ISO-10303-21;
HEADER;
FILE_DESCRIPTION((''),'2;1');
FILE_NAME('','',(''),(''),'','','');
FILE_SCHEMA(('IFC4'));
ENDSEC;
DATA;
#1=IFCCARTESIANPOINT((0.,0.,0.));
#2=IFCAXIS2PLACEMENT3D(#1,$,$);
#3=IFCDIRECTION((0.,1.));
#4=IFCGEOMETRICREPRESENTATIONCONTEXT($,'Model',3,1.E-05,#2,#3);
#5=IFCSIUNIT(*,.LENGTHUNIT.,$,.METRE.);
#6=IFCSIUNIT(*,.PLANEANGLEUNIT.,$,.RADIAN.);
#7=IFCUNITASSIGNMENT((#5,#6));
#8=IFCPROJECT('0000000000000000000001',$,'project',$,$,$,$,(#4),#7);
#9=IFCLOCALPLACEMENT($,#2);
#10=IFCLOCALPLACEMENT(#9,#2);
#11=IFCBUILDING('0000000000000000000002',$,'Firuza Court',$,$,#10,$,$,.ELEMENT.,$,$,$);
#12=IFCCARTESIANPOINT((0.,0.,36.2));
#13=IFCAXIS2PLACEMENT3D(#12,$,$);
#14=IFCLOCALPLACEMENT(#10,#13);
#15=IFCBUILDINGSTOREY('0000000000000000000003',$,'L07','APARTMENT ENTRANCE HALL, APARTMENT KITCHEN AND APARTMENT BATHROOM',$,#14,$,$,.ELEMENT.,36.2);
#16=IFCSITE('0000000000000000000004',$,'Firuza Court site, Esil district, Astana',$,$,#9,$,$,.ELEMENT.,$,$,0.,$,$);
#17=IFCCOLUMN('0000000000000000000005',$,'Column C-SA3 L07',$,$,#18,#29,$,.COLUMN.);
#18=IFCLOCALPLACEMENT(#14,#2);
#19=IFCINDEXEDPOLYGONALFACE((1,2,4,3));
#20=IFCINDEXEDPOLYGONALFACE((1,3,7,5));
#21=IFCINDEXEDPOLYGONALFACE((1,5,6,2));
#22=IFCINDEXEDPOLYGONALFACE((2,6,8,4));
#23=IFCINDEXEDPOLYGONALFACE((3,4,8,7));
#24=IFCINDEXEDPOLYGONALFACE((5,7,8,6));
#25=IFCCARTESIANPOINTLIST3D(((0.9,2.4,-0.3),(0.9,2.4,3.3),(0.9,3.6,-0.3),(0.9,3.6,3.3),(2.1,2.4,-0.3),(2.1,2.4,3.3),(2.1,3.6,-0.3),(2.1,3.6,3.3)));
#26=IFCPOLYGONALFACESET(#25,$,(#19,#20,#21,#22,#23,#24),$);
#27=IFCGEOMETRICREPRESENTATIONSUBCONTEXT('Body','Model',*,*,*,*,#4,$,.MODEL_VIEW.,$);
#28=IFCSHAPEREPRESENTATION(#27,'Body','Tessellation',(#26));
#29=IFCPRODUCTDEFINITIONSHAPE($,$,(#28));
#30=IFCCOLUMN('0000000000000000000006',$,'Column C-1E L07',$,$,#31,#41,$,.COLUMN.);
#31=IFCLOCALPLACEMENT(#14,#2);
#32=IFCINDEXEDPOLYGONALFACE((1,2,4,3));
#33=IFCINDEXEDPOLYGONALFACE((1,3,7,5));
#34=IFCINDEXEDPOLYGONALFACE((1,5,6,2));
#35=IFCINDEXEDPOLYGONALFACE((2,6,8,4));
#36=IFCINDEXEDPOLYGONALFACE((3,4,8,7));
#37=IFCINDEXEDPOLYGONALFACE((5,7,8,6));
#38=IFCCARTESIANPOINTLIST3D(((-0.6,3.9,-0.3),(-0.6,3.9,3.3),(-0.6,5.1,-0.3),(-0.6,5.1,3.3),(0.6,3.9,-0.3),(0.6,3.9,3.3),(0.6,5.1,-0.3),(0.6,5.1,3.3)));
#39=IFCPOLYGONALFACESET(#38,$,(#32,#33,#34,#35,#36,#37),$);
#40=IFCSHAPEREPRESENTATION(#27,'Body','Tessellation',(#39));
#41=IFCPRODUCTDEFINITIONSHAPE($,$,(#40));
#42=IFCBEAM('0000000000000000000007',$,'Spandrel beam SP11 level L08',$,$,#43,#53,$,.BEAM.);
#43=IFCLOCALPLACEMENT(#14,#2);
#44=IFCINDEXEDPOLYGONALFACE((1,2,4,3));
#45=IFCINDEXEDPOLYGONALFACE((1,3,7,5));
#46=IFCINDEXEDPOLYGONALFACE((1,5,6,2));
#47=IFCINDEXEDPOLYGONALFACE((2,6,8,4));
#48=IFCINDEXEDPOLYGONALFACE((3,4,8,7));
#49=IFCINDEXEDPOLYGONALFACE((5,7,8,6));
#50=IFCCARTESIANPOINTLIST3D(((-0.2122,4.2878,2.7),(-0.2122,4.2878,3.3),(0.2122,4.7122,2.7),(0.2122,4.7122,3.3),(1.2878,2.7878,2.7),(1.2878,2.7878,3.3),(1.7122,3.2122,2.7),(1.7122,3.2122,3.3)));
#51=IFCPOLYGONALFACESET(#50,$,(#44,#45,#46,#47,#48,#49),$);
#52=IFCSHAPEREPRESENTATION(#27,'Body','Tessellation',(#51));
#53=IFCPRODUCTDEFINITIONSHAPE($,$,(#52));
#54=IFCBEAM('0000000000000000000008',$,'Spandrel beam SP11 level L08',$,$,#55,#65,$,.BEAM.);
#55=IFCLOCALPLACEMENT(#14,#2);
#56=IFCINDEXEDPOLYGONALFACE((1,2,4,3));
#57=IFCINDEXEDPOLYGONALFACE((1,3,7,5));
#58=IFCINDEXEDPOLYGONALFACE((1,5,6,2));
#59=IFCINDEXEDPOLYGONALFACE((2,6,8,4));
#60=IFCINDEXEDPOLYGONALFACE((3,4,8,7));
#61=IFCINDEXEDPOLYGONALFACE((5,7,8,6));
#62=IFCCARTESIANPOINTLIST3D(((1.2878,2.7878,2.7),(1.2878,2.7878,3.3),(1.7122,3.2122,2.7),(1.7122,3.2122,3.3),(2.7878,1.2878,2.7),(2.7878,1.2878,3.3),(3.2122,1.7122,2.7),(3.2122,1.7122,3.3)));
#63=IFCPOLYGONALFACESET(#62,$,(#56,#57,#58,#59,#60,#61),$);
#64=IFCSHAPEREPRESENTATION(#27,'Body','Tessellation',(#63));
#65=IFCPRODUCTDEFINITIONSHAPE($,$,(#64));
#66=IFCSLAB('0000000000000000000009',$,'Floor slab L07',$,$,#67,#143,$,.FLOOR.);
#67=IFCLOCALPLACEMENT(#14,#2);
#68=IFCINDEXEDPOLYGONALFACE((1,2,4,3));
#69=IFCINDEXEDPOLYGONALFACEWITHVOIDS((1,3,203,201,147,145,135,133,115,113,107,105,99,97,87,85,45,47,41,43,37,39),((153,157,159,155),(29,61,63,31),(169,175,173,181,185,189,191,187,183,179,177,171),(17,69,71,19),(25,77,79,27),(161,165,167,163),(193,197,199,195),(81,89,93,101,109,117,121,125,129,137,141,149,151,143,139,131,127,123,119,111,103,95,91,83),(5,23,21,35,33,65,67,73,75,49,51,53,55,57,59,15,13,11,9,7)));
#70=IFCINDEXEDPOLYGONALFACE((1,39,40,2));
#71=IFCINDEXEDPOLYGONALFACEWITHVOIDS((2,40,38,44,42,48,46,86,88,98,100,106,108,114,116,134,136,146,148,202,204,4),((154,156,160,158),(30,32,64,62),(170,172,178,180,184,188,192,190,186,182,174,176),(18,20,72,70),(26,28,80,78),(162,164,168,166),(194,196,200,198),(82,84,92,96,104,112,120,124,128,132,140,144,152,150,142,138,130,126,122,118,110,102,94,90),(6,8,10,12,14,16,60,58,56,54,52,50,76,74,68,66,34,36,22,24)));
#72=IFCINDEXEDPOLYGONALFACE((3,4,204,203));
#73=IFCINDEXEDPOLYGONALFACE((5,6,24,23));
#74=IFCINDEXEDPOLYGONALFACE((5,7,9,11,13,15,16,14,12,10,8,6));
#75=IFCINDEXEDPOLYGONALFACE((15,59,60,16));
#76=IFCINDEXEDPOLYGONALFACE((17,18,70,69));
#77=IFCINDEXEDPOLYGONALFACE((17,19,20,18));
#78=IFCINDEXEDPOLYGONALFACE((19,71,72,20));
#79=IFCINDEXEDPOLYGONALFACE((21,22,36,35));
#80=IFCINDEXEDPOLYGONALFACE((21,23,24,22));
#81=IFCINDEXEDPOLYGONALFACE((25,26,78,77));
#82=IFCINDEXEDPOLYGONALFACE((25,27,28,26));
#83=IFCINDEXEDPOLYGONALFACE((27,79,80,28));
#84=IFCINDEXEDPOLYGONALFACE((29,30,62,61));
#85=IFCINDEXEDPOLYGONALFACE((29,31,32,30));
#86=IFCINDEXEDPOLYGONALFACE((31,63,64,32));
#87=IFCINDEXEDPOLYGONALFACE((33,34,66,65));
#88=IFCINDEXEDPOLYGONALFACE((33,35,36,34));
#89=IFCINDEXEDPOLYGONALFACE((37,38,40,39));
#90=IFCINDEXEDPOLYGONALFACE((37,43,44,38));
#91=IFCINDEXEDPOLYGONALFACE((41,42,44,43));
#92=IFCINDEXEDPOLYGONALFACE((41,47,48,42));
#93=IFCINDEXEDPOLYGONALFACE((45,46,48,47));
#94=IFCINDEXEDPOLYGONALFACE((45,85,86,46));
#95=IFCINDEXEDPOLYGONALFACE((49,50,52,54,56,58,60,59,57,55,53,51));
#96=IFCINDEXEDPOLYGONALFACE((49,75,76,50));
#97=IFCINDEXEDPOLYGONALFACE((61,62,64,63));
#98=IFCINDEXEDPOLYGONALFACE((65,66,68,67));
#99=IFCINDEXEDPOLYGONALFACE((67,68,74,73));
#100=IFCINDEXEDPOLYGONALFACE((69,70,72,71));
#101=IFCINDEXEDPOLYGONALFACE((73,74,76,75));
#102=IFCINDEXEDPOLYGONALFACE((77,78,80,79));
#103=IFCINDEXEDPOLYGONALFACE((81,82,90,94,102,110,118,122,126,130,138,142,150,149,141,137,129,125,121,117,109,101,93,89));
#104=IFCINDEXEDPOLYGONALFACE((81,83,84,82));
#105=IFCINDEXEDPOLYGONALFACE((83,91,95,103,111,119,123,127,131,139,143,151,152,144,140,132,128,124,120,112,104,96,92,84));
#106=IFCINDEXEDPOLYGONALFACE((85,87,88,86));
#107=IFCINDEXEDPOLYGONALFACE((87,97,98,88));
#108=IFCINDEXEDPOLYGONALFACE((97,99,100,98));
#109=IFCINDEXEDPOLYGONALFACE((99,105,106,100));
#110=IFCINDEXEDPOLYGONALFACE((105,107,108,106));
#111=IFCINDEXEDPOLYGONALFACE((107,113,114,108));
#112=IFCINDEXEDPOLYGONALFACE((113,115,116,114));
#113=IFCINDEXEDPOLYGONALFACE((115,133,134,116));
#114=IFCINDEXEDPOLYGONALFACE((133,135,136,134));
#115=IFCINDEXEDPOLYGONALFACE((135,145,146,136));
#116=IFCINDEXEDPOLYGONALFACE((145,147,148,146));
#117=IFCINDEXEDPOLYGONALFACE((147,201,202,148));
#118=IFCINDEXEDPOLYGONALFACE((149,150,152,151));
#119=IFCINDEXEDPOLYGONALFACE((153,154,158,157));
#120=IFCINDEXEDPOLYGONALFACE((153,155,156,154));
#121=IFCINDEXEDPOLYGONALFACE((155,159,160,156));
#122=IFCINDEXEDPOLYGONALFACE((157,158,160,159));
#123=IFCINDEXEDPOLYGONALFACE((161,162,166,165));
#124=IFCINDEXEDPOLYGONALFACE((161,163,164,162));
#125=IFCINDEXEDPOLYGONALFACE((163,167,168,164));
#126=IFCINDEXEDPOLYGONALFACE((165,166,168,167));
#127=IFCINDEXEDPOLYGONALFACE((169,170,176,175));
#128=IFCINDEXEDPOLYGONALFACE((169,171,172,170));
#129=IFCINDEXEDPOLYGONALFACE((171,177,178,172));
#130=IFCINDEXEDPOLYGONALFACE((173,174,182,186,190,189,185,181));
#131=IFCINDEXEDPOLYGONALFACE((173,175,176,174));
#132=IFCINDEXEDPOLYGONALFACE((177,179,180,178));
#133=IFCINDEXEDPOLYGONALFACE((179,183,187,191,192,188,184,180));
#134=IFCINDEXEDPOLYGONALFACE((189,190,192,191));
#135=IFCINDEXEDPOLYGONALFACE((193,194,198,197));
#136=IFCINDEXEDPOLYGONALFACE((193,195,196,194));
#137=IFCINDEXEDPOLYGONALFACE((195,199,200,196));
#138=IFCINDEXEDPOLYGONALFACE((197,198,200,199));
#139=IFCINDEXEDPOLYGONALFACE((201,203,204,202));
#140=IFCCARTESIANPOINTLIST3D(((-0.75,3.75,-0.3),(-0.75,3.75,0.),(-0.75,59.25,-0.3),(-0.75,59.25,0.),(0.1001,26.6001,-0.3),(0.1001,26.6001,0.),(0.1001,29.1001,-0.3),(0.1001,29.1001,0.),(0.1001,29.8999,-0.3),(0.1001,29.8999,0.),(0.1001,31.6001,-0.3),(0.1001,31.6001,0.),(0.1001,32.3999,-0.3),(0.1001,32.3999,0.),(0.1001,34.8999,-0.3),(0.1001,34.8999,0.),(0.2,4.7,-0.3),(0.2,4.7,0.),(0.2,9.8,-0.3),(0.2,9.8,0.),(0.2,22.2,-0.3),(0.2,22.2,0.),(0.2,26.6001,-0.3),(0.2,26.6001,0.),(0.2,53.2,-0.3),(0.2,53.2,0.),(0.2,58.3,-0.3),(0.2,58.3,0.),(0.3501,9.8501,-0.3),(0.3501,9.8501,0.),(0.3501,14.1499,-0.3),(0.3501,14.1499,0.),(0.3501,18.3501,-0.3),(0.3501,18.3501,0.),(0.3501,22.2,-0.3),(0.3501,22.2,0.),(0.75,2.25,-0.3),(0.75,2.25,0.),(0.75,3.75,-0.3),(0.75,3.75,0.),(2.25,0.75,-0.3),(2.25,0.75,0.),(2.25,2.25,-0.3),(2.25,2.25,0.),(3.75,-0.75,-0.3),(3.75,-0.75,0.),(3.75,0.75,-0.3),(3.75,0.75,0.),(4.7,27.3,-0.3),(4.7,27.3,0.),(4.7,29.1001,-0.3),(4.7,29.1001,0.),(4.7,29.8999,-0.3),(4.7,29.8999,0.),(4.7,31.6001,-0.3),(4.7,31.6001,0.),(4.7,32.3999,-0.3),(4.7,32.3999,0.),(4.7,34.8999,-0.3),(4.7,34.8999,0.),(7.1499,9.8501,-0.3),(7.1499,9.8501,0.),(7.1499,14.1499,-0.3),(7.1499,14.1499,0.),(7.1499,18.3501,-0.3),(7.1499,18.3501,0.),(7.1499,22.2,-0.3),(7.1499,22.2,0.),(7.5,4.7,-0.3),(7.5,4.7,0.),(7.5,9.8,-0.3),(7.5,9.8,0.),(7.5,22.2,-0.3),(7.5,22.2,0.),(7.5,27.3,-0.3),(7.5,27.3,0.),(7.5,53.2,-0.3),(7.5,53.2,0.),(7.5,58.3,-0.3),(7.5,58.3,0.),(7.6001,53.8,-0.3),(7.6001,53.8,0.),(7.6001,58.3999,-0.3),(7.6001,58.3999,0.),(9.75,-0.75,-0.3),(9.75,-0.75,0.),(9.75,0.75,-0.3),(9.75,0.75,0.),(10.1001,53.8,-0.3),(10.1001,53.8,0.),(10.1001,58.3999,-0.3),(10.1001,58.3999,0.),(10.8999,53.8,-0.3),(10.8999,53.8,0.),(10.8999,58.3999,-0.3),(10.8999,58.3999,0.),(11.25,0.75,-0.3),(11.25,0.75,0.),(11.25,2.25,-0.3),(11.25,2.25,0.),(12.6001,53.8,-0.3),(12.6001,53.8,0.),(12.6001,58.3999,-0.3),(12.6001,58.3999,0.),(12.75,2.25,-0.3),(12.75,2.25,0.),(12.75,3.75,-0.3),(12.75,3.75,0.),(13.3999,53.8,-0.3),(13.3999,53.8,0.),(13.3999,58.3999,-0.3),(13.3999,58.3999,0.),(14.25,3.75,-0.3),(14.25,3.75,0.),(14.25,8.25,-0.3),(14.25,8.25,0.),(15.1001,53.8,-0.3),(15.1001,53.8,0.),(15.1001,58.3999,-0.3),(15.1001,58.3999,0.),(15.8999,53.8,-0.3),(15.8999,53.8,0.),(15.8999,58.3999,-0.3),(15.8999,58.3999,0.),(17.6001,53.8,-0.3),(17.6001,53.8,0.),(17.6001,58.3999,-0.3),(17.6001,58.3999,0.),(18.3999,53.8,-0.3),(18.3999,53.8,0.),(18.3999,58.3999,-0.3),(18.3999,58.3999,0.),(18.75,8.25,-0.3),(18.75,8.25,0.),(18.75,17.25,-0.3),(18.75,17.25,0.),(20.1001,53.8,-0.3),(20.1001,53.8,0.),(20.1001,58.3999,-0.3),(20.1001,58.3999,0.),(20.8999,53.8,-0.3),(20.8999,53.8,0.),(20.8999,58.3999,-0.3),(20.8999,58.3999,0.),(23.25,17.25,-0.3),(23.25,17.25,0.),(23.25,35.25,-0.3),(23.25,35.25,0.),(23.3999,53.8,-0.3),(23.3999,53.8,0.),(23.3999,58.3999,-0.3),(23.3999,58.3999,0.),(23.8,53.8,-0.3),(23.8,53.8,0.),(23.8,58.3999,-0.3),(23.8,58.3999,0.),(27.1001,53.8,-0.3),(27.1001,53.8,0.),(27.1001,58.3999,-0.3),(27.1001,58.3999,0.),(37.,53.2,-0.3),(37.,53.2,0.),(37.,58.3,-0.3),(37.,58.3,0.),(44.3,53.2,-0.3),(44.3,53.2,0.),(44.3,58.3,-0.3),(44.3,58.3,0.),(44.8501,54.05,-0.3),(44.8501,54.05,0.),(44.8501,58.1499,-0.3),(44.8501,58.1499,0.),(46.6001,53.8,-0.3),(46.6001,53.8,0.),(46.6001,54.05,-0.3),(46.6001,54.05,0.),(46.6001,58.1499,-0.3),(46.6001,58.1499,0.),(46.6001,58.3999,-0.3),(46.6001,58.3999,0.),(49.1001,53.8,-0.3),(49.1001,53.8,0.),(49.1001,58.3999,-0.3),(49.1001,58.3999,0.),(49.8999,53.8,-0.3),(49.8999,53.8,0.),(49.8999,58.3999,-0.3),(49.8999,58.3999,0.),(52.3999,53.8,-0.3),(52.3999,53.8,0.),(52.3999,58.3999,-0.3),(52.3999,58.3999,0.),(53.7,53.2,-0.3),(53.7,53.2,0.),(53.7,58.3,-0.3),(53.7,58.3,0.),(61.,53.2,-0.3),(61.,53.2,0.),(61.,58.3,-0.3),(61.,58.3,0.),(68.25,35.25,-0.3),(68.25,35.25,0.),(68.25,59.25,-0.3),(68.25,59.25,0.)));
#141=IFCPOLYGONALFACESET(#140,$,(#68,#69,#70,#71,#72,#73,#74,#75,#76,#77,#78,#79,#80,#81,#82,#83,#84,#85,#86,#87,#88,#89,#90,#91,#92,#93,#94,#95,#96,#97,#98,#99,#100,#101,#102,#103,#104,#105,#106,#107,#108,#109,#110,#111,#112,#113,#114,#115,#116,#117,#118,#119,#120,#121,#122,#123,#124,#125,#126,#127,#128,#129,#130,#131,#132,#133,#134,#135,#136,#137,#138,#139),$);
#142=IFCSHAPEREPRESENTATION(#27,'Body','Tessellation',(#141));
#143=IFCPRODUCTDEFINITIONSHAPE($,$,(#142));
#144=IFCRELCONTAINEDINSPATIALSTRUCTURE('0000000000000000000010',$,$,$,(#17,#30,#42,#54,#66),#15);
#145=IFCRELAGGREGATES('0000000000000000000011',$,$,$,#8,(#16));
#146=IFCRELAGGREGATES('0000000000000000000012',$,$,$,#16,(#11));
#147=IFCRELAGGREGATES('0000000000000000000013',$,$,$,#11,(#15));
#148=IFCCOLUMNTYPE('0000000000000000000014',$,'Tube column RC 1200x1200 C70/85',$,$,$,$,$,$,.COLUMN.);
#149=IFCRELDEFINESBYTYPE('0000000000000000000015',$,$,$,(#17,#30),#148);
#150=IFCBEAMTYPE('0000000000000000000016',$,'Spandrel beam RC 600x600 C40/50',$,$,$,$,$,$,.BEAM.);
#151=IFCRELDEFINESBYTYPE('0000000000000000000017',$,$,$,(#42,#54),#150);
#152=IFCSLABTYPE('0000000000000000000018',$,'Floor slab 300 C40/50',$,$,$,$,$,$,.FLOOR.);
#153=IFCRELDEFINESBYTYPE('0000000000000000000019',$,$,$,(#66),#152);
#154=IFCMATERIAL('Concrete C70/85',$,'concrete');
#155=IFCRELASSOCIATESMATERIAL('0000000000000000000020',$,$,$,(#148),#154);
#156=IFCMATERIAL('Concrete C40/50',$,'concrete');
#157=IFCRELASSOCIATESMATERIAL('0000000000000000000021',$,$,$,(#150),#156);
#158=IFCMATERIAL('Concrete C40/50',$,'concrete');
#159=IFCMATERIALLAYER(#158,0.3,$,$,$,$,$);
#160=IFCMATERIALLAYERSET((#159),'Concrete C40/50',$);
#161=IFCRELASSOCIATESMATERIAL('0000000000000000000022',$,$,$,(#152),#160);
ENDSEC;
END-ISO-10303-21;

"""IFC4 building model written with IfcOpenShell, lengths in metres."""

from ifc_helpers import new_model, si_unit, direction, frame, origin, origin_2d, place, context, subcontext, project, spatial, polyline, rectangle, outline, extrude, material, layer, layer_set, material_profile, profile_set, type_object, element, save


model = new_model("IFC4")

# Units and contexts
model_context = context("Model", 3, precision=1e-05, world=origin(), true_north=direction((0.0, 1.0)))
body_context = subcontext(model_context, "Body", "Model", "MODEL_VIEW")
ifc_project = project(units=[si_unit("LENGTHUNIT", "METRE"), si_unit("PLANEANGLEUNIT", "RADIAN")], contexts=[model_context])

# Site, building, storey
site_placement = place(None, origin())
site = spatial("IfcSite", under=ifc_project, at=site_placement, Name="Firuza Court site, Esil district, Astana", CompositionType="ELEMENT", RefElevation=0.0)
building_placement = place(site_placement, origin())
building = spatial("IfcBuilding", under=site, at=building_placement, Name="Firuza Court", CompositionType="ELEMENT")
storey_placement = place(building_placement, frame((0.0, 0.0, 36.2)))
storey = spatial("IfcBuildingStorey", under=building, at=storey_placement, Name="L07", Description="APARTMENT ENTRANCE HALL, APARTMENT KITCHEN AND APARTMENT BATHROOM", CompositionType="ELEMENT", Elevation=36.2)

# Columns
ifc_material_1 = material(Name="Concrete C70/85", Category="concrete")
ifc_material_profile_1 = material_profile(ifc_material_1, rectangle(XDim=1.2, YDim=1.2, at=origin_2d()), Name="RC 1200x1200")
ifc_profile_set_1 = profile_set([ifc_material_profile_1], Name="Concrete C70/85")
column_type = type_object("IfcColumnType", Name="Tube column RC 1200x1200 C70/85", PredefinedType="COLUMN", material=ifc_profile_set_1)
for number, where, z_axis, x_axis, name in (
    (1, (1.5, 3.0, -0.3), (0.0, 0.0, 1.0), (1.0, 0.0, 0.0), "Column C-SA3 L07"),
    (2, (0.0, 4.5, -0.3), (0.0, 0.0, 1.0), (1.0, 0.0, 0.0), "Column C-1E L07"),
):
    element("IfcColumn", number, at=place(storey_placement, frame(where, z_axis=z_axis, x_axis=x_axis)), inside=storey, type_object=column_type, Name=name, PredefinedType="COLUMN", context=body_context, shape_type="SweptSolid", body=[
        extrude(rectangle(XDim=1.2, YDim=1.2, at=origin_2d()), origin(), (0.0, 0.0, 1.0), 3.6001),
    ])

# Beams
ifc_material_2 = material(Name="Concrete C40/50", Category="concrete")
ifc_material_profile_2 = material_profile(ifc_material_2, rectangle(XDim=0.6001, YDim=0.6001, at=origin_2d()), Name="RC 600x600")
ifc_profile_set_2 = profile_set([ifc_material_profile_2], Name="Concrete C40/50")
beam_type = type_object("IfcBeamType", Name="Spandrel beam RC 600x600 C40/50", PredefinedType="BEAM", material=ifc_profile_set_2)
for number, where, z_axis, x_axis, name in (
    (3, (0.0, 4.5, 3.0), (0.707107, -0.707107, 0.0), (0.707107, 0.707107, 0.0), "Spandrel beam SP11 level L08"),
    (4, (1.5, 3.0, 3.0), (0.707107, -0.707107, 0.0), (0.707107, 0.707107, 0.0), "Spandrel beam SP11 level L08"),
):
    element("IfcBeam", number, at=place(storey_placement, frame(where, z_axis=z_axis, x_axis=x_axis)), inside=storey, type_object=beam_type, Name=name, PredefinedType="BEAM", context=body_context, shape_type="SweptSolid", body=[
        extrude(rectangle(XDim=0.6001, YDim=0.6001, at=origin_2d()), origin(), (0.0, 0.0, 1.0), 2.1213),
    ])

# Slab
ifc_material_3 = material(Name="Concrete C40/50", Category="concrete")
ifc_layer_1 = layer(ifc_material_3, 0.3)
ifc_layer_set_1 = layer_set([ifc_layer_1], Name="Concrete C40/50")
slab_type_1 = type_object("IfcSlabType", Name="Floor slab 300 C40/50", PredefinedType="FLOOR", material=ifc_layer_set_1)
slab_1_placement = place(storey_placement, frame((0.0, 0.0, -0.3)))
element("IfcSlab", 5, at=slab_1_placement, inside=storey, type_object=slab_type_1, Name="Floor slab L07", PredefinedType="FLOOR", context=body_context, shape_type="SweptSolid", body=[
    extrude(outline(polyline([(3.75, -0.75), (3.75, 0.75), (2.25, 0.75), (2.25, 2.25), (0.75, 2.25), (0.75, 3.75), (-0.75, 3.75), (-0.75, 59.25), (68.25, 59.25), (68.25, 35.25), (23.25, 35.25), (23.25, 17.25), (18.75, 17.25), (18.75, 8.25), (14.25, 8.25), (14.25, 3.75), (12.75, 3.75), (12.75, 2.25), (11.25, 2.25), (11.25, 0.75), (9.75, 0.75), (9.75, -0.75), (3.75, -0.75)]), holes=[polyline([(7.5, 9.8), (0.2, 9.8), (0.2, 4.7), (7.5, 4.7), (7.5, 9.8)]), polyline([(7.1499, 14.1499), (0.3501, 14.1499), (0.3501, 9.8501), (7.1499, 9.8501), (7.1499, 14.1499)]), polyline([(0.2, 22.2), (0.3501, 22.2), (0.3501, 18.3501), (7.1499, 18.3501), (7.1499, 22.2), (7.5, 22.2), (7.5, 27.3), (4.7, 27.3), (4.7, 29.1001), (4.7, 29.8999), (4.7, 31.6001), (4.7, 32.3999), (4.7, 34.8999), (0.1001, 34.8999), (0.1001, 32.3999), (0.1001, 31.6001), (0.1001, 29.8999), (0.1001, 29.1001), (0.1001, 26.6001), (0.2, 26.6001), (0.2, 22.2)]), polyline([(7.5, 58.3), (0.2, 58.3), (0.2, 53.2), (7.5, 53.2), (7.5, 58.3)]), polyline([(10.1001, 58.3999), (7.6001, 58.3999), (7.6001, 53.8), (10.1001, 53.8), (10.8999, 53.8), (12.6001, 53.8), (13.3999, 53.8), (15.1001, 53.8), (15.8999, 53.8), (17.6001, 53.8), (18.3999, 53.8), (20.1001, 53.8), (20.8999, 53.8), (23.3999, 53.8), (23.3999, 58.3999), (20.8999, 58.3999), (20.1001, 58.3999), (18.3999, 58.3999), (17.6001, 58.3999), (15.8999, 58.3999), (15.1001, 58.3999), (13.3999, 58.3999), (12.6001, 58.3999), (10.8999, 58.3999), (10.1001, 58.3999)]), polyline([(44.3, 58.3), (37.0, 58.3), (37.0, 53.2), (44.3, 53.2), (44.3, 58.3)]), polyline([(61.0, 58.3), (53.7, 58.3), (53.7, 53.2), (61.0, 53.2), (61.0, 58.3)]), polyline([(27.1001, 58.3999), (23.8, 58.3999), (23.8, 53.8), (27.1001, 53.8), (27.1001, 58.3999)]), polyline([(46.6001, 58.1499), (44.8501, 58.1499), (44.8501, 54.05), (46.6001, 54.05), (46.6001, 53.8), (49.1001, 53.8), (49.8999, 53.8), (52.3999, 53.8), (52.3999, 58.3999), (49.8999, 58.3999), (49.1001, 58.3999), (46.6001, 58.3999), (46.6001, 58.1499)])]), origin(), (0.0, 0.0, 1.0), 0.3),
])

save(model, "model.ifc")
